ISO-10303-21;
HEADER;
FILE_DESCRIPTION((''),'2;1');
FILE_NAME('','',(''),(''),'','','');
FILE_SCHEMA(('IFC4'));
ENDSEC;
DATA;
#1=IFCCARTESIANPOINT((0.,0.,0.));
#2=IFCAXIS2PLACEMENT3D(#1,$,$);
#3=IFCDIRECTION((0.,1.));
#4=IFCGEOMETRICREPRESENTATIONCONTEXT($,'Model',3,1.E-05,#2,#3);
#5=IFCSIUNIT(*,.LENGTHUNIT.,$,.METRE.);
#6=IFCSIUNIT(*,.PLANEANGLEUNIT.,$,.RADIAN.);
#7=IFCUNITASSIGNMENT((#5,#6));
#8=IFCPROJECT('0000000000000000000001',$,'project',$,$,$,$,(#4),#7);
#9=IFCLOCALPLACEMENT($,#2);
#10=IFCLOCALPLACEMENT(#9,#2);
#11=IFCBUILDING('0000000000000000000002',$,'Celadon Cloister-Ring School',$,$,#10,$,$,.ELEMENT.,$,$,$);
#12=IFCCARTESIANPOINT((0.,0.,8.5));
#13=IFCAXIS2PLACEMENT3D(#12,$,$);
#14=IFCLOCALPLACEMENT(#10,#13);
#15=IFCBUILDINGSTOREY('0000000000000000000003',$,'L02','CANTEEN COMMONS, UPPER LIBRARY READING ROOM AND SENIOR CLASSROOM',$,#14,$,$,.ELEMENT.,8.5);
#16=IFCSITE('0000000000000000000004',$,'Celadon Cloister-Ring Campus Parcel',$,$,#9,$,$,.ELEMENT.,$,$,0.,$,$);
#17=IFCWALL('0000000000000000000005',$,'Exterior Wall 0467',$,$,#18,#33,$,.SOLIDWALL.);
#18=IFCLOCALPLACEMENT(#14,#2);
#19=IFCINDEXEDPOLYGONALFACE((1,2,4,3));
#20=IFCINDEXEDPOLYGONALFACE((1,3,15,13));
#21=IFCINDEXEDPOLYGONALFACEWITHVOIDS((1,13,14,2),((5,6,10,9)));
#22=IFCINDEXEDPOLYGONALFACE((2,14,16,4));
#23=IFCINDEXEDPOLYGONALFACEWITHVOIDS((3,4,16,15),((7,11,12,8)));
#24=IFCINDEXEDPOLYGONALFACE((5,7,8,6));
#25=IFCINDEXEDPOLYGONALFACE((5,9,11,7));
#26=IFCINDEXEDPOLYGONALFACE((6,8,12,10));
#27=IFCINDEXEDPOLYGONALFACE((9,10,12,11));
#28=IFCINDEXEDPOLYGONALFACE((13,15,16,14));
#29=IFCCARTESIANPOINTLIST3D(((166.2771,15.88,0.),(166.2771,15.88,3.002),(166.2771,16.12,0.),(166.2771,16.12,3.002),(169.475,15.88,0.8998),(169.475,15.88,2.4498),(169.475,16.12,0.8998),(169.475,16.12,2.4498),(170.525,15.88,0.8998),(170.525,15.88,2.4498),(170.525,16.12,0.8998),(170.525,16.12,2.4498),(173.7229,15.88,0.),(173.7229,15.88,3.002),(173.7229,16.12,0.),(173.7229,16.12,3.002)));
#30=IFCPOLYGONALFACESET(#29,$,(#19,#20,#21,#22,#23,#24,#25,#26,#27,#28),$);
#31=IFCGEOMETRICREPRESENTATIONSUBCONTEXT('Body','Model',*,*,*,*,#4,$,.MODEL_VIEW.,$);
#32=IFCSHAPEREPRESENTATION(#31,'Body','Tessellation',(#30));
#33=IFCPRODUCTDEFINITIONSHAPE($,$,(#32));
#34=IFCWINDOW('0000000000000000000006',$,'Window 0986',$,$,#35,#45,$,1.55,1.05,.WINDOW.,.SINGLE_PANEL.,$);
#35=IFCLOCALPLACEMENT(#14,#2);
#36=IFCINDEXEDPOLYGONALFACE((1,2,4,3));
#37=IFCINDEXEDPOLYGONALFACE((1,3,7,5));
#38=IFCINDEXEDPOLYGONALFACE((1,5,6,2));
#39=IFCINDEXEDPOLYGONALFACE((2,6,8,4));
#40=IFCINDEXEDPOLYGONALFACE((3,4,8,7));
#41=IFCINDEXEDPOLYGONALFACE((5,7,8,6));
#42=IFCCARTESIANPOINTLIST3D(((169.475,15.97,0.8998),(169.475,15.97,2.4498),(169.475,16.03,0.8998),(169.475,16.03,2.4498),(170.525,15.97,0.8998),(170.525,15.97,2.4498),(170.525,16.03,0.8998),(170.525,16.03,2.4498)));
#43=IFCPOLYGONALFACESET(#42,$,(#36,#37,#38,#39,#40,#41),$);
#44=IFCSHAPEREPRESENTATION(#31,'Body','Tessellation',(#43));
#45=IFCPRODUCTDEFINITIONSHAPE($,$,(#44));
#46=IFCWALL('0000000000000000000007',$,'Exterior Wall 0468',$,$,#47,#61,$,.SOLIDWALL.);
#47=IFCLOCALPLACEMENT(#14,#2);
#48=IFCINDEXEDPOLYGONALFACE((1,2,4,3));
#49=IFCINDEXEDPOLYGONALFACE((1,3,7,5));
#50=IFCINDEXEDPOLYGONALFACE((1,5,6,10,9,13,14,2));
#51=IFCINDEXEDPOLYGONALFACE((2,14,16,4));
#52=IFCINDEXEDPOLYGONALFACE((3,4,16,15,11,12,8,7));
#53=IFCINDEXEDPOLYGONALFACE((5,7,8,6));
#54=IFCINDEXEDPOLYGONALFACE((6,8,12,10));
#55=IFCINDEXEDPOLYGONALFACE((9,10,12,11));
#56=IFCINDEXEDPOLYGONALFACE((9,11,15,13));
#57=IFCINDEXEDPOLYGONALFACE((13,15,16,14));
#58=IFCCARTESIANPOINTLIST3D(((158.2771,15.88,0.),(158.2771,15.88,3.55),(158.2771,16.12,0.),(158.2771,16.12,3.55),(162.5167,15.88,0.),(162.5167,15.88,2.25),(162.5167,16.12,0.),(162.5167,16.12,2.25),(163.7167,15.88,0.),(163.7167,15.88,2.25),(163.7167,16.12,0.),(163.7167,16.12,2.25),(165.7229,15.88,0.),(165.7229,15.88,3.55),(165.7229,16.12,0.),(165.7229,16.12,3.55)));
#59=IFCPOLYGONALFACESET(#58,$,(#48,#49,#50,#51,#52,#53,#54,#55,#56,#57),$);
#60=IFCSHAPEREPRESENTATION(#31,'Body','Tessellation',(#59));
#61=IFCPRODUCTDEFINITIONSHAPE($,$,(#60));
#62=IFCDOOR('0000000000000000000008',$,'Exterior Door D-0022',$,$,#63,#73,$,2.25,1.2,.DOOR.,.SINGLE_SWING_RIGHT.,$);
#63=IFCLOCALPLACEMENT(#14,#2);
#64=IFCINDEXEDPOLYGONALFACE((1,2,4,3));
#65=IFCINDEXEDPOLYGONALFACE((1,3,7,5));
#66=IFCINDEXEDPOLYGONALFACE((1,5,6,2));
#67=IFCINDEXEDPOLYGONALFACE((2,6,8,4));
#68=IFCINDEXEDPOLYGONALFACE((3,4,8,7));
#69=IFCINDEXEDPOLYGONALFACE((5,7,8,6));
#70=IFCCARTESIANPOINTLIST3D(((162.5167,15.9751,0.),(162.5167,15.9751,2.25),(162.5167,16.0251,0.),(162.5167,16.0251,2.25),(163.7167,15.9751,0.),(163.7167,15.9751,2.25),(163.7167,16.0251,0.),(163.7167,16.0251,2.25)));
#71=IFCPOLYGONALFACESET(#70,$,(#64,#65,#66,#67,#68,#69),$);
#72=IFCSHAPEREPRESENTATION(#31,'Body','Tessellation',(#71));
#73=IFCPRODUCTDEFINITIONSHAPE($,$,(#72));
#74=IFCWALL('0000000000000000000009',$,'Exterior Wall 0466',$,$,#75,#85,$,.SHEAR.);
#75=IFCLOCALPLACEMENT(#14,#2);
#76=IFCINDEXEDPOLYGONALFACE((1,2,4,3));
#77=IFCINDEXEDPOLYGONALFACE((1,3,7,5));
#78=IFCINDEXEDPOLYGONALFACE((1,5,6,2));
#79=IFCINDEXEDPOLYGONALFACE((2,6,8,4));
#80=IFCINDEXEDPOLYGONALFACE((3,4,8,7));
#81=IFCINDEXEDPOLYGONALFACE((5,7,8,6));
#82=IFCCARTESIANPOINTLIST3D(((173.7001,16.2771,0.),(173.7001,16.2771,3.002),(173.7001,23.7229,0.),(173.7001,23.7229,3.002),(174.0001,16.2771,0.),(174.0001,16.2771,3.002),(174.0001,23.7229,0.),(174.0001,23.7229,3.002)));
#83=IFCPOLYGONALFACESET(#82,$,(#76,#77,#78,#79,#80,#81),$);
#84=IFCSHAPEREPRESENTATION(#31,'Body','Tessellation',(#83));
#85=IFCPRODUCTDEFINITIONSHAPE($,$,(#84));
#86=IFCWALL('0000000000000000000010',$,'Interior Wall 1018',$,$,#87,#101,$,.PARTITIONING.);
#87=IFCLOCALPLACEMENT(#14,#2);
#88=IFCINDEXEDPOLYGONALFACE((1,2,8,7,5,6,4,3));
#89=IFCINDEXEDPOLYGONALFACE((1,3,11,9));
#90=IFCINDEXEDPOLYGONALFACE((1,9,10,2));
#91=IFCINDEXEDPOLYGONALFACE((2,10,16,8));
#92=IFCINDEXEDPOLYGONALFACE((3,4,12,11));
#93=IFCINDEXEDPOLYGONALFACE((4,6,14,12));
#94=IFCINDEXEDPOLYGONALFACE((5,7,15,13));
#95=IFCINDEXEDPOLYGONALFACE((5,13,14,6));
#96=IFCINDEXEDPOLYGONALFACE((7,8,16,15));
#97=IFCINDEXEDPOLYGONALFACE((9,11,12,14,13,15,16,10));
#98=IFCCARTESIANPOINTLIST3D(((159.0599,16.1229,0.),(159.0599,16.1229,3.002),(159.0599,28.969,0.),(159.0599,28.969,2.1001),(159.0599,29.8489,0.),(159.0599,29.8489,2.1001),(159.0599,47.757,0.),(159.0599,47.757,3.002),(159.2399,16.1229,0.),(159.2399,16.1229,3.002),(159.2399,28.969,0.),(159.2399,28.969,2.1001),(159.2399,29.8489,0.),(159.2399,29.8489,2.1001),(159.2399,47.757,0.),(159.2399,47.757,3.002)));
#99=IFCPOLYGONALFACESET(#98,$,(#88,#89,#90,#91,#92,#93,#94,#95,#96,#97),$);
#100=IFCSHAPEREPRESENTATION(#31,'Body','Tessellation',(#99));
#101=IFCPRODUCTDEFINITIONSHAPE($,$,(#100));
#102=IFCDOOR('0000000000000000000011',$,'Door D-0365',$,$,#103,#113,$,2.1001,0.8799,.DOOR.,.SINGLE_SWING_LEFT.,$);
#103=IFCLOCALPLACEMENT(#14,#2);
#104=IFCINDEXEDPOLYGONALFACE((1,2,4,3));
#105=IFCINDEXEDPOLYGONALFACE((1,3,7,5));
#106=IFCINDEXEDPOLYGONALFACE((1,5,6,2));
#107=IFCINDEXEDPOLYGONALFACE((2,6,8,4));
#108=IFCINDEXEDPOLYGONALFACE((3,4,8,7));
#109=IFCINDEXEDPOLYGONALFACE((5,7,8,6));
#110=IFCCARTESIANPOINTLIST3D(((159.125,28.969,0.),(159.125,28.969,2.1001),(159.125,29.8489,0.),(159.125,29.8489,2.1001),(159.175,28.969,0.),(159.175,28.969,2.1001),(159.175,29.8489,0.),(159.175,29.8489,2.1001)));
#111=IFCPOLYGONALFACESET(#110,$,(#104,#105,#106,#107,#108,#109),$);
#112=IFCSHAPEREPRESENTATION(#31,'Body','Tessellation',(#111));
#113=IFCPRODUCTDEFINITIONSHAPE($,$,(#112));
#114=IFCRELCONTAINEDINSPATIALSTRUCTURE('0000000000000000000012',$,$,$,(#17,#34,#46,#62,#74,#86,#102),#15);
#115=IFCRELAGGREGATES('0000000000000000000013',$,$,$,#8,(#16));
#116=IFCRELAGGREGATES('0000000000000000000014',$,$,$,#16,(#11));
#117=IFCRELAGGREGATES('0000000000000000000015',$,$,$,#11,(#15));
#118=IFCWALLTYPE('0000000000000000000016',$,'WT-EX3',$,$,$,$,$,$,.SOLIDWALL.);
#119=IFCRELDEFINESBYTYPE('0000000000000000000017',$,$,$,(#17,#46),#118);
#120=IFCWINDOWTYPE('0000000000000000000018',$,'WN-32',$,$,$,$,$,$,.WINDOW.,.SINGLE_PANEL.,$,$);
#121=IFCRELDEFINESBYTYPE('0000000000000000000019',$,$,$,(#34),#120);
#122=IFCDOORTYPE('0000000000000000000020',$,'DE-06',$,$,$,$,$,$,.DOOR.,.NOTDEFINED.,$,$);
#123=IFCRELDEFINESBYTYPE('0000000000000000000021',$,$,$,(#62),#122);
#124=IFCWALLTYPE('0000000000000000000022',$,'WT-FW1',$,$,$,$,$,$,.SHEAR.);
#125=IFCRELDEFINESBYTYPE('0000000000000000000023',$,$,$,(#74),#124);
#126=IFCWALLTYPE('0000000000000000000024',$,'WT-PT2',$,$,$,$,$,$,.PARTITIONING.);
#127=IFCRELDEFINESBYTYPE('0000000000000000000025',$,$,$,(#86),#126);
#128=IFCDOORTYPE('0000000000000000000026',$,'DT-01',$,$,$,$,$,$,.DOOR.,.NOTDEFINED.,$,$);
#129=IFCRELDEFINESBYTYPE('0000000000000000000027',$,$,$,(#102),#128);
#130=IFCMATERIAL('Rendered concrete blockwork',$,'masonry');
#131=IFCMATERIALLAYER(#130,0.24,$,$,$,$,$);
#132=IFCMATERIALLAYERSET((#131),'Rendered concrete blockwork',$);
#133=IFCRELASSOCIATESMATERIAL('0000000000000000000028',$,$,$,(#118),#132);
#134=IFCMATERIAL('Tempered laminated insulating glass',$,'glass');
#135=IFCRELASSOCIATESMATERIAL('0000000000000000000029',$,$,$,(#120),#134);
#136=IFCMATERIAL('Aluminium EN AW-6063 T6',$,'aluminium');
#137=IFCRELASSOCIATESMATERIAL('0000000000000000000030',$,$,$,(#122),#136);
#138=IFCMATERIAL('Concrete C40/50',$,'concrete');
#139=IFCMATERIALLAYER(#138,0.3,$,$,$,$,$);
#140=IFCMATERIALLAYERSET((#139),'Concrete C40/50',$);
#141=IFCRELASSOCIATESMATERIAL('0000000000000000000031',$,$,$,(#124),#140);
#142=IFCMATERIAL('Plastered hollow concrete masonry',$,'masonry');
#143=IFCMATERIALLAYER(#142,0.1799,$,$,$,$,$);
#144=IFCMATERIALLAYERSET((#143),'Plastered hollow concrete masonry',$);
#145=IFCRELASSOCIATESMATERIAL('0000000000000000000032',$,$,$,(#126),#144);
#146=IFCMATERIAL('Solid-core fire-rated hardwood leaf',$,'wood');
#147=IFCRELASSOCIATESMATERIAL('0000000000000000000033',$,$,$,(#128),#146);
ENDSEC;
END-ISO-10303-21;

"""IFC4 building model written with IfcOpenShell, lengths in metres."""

from ifc_helpers import new_model, si_unit, direction, frame, frame_2d, origin, place, context, subcontext, project, spatial, rectangle, extrude, material, layer, layer_set, type_object, element, fill, save


model = new_model("IFC4")

# Units and contexts
model_context = context("Model", 3, precision=1e-05, world=origin(), true_north=direction((0.0, 1.0)))
body_context = subcontext(model_context, "Body", "Model", "MODEL_VIEW")
ifc_project = project(units=[si_unit("LENGTHUNIT", "METRE"), si_unit("PLANEANGLEUNIT", "RADIAN")], contexts=[model_context])

# Site, building, storey
site_placement = place(None, origin())
site = spatial("IfcSite", under=ifc_project, at=site_placement, Name="Celadon Cloister-Ring Campus Parcel", CompositionType="ELEMENT", RefElevation=0.0)
building_placement = place(site_placement, origin())
building = spatial("IfcBuilding", under=site, at=building_placement, Name="Celadon Cloister-Ring School", CompositionType="ELEMENT")
storey_placement = place(building_placement, frame((0.0, 0.0, 8.5)))
storey = spatial("IfcBuildingStorey", under=building, at=storey_placement, Name="L02", Description="CANTEEN COMMONS, UPPER LIBRARY READING ROOM AND SENIOR CLASSROOM", CompositionType="ELEMENT", Elevation=8.5)

# Wall, opening, window
ifc_material_1 = material(Name="Rendered concrete blockwork", Category="masonry")
ifc_layer_1 = layer(ifc_material_1, 0.24)
ifc_layer_set_1 = layer_set([ifc_layer_1], Name="Rendered concrete blockwork")
wall_type_1 = type_object("IfcWallType", Name="WT-EX3", PredefinedType="SOLIDWALL", material=ifc_layer_set_1)
wall_1_placement = place(storey_placement, frame((173.7229, 16.0, 0.0), z_axis=(0.0, 0.0, 1.0), x_axis=(-1.0, 0.0, 0.0)))
wall_1 = element("IfcWall", 1, at=wall_1_placement, inside=storey, type_object=wall_type_1, Name="Exterior Wall 0467", PredefinedType="SOLIDWALL", context=body_context, shape_type="SweptSolid", body=[
    extrude(rectangle(XDim=7.4458, YDim=0.24, at=frame_2d((3.7229, 0.0))), origin(), (0.0, 0.0, 1.0), 3.002),
])
opening_1_placement = place(wall_1_placement, frame((3.198, 0.0, 0.8999)))
opening_1 = element("IfcOpeningElement", 2, at=opening_1_placement, cuts=wall_1, PredefinedType="OPENING", context=body_context, shape_type="SweptSolid", body=[
    extrude(rectangle(XDim=1.05, YDim=1.55, at=frame_2d((0.5249, 0.7749))), frame((0.0, 0.1299, 0.0), z_axis=(0.0, -1.0, 0.0), x_axis=(1.0, 0.0, 0.0)), (0.0, 0.0, 1.0), 0.26),
])
ifc_material_2 = material(Name="Tempered laminated insulating glass", Category="glass")
window_type = type_object("IfcWindowType", Name="WN-32", PartitioningType="SINGLE_PANEL", PredefinedType="WINDOW", material=ifc_material_2)
window_placement = place(opening_1_placement, origin())
window = element("IfcWindow", 3, at=window_placement, inside=storey, type_object=window_type, Name="Window 0986", OverallHeight=1.55, OverallWidth=1.05, PartitioningType="SINGLE_PANEL", PredefinedType="WINDOW", context=body_context, shape_type="SweptSolid", body=[
    extrude(rectangle(XDim=1.05, YDim=1.55, at=frame_2d((0.5249, 0.7749))), frame((0.0, 0.03, 0.0), z_axis=(0.0, -1.0, 0.0), x_axis=(1.0, 0.0, 0.0)), (0.0, 0.0, 1.0), 0.0601),
])
fill(opening_1, window)

# Wall, opening, door
wall_2_placement = place(storey_placement, frame((165.7229, 16.0, 0.0), z_axis=(0.0, 0.0, 1.0), x_axis=(-1.0, 0.0, 0.0)))
wall_2 = element("IfcWall", 4, at=wall_2_placement, inside=storey, type_object=wall_type_1, Name="Exterior Wall 0468", PredefinedType="SOLIDWALL", context=body_context, shape_type="SweptSolid", body=[
    extrude(rectangle(XDim=7.4458, YDim=0.24, at=frame_2d((3.7229, 0.0))), origin(), (0.0, 0.0, 1.0), 3.55),
])
opening_2_placement = place(wall_2_placement, frame((2.0061, 0.0, 0.0)))
opening_2 = element("IfcOpeningElement", 5, at=opening_2_placement, cuts=wall_2, PredefinedType="OPENING", context=body_context, shape_type="SweptSolid", body=[
    extrude(rectangle(XDim=1.2, YDim=2.25, at=frame_2d((0.6001, 1.125))), frame((0.0, 0.1299, 0.0), z_axis=(0.0, -1.0, 0.0), x_axis=(1.0, 0.0, 0.0)), (0.0, 0.0, 1.0), 0.26),
])
ifc_material_3 = material(Name="Aluminium EN AW-6063 T6", Category="aluminium")
door_type_1 = type_object("IfcDoorType", Name="DE-06", OperationType="NOTDEFINED", PredefinedType="DOOR", material=ifc_material_3)
door_1_placement = place(opening_2_placement, origin())
door_1 = element("IfcDoor", 6, at=door_1_placement, inside=storey, type_object=door_type_1, Name="Exterior Door D-0022", OperationType="SINGLE_SWING_RIGHT", OverallHeight=2.25, OverallWidth=1.2, PredefinedType="DOOR", context=body_context, shape_type="SweptSolid", body=[
    extrude(rectangle(XDim=1.2, YDim=2.25, at=frame_2d((0.6001, 1.125))), frame((0.0, 0.0249, 0.0), z_axis=(0.0, -1.0, 0.0), x_axis=(1.0, 0.0, 0.0)), (0.0, 0.0, 1.0), 0.05),
])
fill(opening_2, door_1)

# Wall
ifc_material_4 = material(Name="Concrete C40/50", Category="concrete")
ifc_layer_2 = layer(ifc_material_4, 0.3)
ifc_layer_set_2 = layer_set([ifc_layer_2], Name="Concrete C40/50")
wall_type_2 = type_object("IfcWallType", Name="WT-FW1", PredefinedType="SHEAR", material=ifc_layer_set_2)
wall_3_placement = place(storey_placement, frame((173.8501, 23.7229, 0.0), z_axis=(0.0, 0.0, 1.0), x_axis=(0.0, -1.0, 0.0)))
element("IfcWall", 7, at=wall_3_placement, inside=storey, type_object=wall_type_2, Name="Exterior Wall 0466", PredefinedType="SHEAR", context=body_context, shape_type="SweptSolid", body=[
    extrude(rectangle(XDim=7.4458, YDim=0.3, at=frame_2d((3.7229, 0.0))), origin(), (0.0, 0.0, 1.0), 3.002),
])

# Wall, opening, door
ifc_material_5 = material(Name="Plastered hollow concrete masonry", Category="masonry")
ifc_layer_3 = layer(ifc_material_5, 0.1799)
ifc_layer_set_3 = layer_set([ifc_layer_3], Name="Plastered hollow concrete masonry")
wall_type_3 = type_object("IfcWallType", Name="WT-PT2", PredefinedType="PARTITIONING", material=ifc_layer_set_3)
wall_4_placement = place(storey_placement, frame((159.1499, 16.123, 0.0), z_axis=(0.0, 0.0, 1.0), x_axis=(0.0, 1.0, 0.0)))
wall_4 = element("IfcWall", 8, at=wall_4_placement, inside=storey, type_object=wall_type_3, Name="Interior Wall 1018", PredefinedType="PARTITIONING", context=body_context, shape_type="SweptSolid", body=[
    extrude(rectangle(XDim=31.634, YDim=0.1799, at=frame_2d((15.8169, 0.0))), origin(), (0.0, 0.0, 1.0), 3.002),
])
opening_3_placement = place(wall_4_placement, frame((12.8459, 0.0, 0.0)))
opening_3 = element("IfcOpeningElement", 9, at=opening_3_placement, cuts=wall_4, PredefinedType="OPENING", context=body_context, shape_type="SweptSolid", body=[
    extrude(rectangle(XDim=0.8799, YDim=2.1001, at=frame_2d((0.4399, 1.05))), frame((0.0, 0.1001, 0.0), z_axis=(0.0, -1.0, 0.0), x_axis=(1.0, 0.0, 0.0)), (0.0, 0.0, 1.0), 0.2),
])
ifc_material_6 = material(Name="Solid-core fire-rated hardwood leaf", Category="wood")
door_type_2 = type_object("IfcDoorType", Name="DT-01", OperationType="NOTDEFINED", PredefinedType="DOOR", material=ifc_material_6)
door_2_placement = place(opening_3_placement, origin())
door_2 = element("IfcDoor", 10, at=door_2_placement, inside=storey, type_object=door_type_2, Name="Door D-0365", OperationType="SINGLE_SWING_LEFT", OverallHeight=2.1001, OverallWidth=0.8799, PredefinedType="DOOR", context=body_context, shape_type="SweptSolid", body=[
    extrude(rectangle(XDim=0.8799, YDim=2.1001, at=frame_2d((0.4399, 1.05))), frame((0.0, 0.0249, 0.0), z_axis=(0.0, -1.0, 0.0), x_axis=(1.0, 0.0, 0.0)), (0.0, 0.0, 1.0), 0.05),
])
fill(opening_3, door_2)

save(model, "model.ifc")
